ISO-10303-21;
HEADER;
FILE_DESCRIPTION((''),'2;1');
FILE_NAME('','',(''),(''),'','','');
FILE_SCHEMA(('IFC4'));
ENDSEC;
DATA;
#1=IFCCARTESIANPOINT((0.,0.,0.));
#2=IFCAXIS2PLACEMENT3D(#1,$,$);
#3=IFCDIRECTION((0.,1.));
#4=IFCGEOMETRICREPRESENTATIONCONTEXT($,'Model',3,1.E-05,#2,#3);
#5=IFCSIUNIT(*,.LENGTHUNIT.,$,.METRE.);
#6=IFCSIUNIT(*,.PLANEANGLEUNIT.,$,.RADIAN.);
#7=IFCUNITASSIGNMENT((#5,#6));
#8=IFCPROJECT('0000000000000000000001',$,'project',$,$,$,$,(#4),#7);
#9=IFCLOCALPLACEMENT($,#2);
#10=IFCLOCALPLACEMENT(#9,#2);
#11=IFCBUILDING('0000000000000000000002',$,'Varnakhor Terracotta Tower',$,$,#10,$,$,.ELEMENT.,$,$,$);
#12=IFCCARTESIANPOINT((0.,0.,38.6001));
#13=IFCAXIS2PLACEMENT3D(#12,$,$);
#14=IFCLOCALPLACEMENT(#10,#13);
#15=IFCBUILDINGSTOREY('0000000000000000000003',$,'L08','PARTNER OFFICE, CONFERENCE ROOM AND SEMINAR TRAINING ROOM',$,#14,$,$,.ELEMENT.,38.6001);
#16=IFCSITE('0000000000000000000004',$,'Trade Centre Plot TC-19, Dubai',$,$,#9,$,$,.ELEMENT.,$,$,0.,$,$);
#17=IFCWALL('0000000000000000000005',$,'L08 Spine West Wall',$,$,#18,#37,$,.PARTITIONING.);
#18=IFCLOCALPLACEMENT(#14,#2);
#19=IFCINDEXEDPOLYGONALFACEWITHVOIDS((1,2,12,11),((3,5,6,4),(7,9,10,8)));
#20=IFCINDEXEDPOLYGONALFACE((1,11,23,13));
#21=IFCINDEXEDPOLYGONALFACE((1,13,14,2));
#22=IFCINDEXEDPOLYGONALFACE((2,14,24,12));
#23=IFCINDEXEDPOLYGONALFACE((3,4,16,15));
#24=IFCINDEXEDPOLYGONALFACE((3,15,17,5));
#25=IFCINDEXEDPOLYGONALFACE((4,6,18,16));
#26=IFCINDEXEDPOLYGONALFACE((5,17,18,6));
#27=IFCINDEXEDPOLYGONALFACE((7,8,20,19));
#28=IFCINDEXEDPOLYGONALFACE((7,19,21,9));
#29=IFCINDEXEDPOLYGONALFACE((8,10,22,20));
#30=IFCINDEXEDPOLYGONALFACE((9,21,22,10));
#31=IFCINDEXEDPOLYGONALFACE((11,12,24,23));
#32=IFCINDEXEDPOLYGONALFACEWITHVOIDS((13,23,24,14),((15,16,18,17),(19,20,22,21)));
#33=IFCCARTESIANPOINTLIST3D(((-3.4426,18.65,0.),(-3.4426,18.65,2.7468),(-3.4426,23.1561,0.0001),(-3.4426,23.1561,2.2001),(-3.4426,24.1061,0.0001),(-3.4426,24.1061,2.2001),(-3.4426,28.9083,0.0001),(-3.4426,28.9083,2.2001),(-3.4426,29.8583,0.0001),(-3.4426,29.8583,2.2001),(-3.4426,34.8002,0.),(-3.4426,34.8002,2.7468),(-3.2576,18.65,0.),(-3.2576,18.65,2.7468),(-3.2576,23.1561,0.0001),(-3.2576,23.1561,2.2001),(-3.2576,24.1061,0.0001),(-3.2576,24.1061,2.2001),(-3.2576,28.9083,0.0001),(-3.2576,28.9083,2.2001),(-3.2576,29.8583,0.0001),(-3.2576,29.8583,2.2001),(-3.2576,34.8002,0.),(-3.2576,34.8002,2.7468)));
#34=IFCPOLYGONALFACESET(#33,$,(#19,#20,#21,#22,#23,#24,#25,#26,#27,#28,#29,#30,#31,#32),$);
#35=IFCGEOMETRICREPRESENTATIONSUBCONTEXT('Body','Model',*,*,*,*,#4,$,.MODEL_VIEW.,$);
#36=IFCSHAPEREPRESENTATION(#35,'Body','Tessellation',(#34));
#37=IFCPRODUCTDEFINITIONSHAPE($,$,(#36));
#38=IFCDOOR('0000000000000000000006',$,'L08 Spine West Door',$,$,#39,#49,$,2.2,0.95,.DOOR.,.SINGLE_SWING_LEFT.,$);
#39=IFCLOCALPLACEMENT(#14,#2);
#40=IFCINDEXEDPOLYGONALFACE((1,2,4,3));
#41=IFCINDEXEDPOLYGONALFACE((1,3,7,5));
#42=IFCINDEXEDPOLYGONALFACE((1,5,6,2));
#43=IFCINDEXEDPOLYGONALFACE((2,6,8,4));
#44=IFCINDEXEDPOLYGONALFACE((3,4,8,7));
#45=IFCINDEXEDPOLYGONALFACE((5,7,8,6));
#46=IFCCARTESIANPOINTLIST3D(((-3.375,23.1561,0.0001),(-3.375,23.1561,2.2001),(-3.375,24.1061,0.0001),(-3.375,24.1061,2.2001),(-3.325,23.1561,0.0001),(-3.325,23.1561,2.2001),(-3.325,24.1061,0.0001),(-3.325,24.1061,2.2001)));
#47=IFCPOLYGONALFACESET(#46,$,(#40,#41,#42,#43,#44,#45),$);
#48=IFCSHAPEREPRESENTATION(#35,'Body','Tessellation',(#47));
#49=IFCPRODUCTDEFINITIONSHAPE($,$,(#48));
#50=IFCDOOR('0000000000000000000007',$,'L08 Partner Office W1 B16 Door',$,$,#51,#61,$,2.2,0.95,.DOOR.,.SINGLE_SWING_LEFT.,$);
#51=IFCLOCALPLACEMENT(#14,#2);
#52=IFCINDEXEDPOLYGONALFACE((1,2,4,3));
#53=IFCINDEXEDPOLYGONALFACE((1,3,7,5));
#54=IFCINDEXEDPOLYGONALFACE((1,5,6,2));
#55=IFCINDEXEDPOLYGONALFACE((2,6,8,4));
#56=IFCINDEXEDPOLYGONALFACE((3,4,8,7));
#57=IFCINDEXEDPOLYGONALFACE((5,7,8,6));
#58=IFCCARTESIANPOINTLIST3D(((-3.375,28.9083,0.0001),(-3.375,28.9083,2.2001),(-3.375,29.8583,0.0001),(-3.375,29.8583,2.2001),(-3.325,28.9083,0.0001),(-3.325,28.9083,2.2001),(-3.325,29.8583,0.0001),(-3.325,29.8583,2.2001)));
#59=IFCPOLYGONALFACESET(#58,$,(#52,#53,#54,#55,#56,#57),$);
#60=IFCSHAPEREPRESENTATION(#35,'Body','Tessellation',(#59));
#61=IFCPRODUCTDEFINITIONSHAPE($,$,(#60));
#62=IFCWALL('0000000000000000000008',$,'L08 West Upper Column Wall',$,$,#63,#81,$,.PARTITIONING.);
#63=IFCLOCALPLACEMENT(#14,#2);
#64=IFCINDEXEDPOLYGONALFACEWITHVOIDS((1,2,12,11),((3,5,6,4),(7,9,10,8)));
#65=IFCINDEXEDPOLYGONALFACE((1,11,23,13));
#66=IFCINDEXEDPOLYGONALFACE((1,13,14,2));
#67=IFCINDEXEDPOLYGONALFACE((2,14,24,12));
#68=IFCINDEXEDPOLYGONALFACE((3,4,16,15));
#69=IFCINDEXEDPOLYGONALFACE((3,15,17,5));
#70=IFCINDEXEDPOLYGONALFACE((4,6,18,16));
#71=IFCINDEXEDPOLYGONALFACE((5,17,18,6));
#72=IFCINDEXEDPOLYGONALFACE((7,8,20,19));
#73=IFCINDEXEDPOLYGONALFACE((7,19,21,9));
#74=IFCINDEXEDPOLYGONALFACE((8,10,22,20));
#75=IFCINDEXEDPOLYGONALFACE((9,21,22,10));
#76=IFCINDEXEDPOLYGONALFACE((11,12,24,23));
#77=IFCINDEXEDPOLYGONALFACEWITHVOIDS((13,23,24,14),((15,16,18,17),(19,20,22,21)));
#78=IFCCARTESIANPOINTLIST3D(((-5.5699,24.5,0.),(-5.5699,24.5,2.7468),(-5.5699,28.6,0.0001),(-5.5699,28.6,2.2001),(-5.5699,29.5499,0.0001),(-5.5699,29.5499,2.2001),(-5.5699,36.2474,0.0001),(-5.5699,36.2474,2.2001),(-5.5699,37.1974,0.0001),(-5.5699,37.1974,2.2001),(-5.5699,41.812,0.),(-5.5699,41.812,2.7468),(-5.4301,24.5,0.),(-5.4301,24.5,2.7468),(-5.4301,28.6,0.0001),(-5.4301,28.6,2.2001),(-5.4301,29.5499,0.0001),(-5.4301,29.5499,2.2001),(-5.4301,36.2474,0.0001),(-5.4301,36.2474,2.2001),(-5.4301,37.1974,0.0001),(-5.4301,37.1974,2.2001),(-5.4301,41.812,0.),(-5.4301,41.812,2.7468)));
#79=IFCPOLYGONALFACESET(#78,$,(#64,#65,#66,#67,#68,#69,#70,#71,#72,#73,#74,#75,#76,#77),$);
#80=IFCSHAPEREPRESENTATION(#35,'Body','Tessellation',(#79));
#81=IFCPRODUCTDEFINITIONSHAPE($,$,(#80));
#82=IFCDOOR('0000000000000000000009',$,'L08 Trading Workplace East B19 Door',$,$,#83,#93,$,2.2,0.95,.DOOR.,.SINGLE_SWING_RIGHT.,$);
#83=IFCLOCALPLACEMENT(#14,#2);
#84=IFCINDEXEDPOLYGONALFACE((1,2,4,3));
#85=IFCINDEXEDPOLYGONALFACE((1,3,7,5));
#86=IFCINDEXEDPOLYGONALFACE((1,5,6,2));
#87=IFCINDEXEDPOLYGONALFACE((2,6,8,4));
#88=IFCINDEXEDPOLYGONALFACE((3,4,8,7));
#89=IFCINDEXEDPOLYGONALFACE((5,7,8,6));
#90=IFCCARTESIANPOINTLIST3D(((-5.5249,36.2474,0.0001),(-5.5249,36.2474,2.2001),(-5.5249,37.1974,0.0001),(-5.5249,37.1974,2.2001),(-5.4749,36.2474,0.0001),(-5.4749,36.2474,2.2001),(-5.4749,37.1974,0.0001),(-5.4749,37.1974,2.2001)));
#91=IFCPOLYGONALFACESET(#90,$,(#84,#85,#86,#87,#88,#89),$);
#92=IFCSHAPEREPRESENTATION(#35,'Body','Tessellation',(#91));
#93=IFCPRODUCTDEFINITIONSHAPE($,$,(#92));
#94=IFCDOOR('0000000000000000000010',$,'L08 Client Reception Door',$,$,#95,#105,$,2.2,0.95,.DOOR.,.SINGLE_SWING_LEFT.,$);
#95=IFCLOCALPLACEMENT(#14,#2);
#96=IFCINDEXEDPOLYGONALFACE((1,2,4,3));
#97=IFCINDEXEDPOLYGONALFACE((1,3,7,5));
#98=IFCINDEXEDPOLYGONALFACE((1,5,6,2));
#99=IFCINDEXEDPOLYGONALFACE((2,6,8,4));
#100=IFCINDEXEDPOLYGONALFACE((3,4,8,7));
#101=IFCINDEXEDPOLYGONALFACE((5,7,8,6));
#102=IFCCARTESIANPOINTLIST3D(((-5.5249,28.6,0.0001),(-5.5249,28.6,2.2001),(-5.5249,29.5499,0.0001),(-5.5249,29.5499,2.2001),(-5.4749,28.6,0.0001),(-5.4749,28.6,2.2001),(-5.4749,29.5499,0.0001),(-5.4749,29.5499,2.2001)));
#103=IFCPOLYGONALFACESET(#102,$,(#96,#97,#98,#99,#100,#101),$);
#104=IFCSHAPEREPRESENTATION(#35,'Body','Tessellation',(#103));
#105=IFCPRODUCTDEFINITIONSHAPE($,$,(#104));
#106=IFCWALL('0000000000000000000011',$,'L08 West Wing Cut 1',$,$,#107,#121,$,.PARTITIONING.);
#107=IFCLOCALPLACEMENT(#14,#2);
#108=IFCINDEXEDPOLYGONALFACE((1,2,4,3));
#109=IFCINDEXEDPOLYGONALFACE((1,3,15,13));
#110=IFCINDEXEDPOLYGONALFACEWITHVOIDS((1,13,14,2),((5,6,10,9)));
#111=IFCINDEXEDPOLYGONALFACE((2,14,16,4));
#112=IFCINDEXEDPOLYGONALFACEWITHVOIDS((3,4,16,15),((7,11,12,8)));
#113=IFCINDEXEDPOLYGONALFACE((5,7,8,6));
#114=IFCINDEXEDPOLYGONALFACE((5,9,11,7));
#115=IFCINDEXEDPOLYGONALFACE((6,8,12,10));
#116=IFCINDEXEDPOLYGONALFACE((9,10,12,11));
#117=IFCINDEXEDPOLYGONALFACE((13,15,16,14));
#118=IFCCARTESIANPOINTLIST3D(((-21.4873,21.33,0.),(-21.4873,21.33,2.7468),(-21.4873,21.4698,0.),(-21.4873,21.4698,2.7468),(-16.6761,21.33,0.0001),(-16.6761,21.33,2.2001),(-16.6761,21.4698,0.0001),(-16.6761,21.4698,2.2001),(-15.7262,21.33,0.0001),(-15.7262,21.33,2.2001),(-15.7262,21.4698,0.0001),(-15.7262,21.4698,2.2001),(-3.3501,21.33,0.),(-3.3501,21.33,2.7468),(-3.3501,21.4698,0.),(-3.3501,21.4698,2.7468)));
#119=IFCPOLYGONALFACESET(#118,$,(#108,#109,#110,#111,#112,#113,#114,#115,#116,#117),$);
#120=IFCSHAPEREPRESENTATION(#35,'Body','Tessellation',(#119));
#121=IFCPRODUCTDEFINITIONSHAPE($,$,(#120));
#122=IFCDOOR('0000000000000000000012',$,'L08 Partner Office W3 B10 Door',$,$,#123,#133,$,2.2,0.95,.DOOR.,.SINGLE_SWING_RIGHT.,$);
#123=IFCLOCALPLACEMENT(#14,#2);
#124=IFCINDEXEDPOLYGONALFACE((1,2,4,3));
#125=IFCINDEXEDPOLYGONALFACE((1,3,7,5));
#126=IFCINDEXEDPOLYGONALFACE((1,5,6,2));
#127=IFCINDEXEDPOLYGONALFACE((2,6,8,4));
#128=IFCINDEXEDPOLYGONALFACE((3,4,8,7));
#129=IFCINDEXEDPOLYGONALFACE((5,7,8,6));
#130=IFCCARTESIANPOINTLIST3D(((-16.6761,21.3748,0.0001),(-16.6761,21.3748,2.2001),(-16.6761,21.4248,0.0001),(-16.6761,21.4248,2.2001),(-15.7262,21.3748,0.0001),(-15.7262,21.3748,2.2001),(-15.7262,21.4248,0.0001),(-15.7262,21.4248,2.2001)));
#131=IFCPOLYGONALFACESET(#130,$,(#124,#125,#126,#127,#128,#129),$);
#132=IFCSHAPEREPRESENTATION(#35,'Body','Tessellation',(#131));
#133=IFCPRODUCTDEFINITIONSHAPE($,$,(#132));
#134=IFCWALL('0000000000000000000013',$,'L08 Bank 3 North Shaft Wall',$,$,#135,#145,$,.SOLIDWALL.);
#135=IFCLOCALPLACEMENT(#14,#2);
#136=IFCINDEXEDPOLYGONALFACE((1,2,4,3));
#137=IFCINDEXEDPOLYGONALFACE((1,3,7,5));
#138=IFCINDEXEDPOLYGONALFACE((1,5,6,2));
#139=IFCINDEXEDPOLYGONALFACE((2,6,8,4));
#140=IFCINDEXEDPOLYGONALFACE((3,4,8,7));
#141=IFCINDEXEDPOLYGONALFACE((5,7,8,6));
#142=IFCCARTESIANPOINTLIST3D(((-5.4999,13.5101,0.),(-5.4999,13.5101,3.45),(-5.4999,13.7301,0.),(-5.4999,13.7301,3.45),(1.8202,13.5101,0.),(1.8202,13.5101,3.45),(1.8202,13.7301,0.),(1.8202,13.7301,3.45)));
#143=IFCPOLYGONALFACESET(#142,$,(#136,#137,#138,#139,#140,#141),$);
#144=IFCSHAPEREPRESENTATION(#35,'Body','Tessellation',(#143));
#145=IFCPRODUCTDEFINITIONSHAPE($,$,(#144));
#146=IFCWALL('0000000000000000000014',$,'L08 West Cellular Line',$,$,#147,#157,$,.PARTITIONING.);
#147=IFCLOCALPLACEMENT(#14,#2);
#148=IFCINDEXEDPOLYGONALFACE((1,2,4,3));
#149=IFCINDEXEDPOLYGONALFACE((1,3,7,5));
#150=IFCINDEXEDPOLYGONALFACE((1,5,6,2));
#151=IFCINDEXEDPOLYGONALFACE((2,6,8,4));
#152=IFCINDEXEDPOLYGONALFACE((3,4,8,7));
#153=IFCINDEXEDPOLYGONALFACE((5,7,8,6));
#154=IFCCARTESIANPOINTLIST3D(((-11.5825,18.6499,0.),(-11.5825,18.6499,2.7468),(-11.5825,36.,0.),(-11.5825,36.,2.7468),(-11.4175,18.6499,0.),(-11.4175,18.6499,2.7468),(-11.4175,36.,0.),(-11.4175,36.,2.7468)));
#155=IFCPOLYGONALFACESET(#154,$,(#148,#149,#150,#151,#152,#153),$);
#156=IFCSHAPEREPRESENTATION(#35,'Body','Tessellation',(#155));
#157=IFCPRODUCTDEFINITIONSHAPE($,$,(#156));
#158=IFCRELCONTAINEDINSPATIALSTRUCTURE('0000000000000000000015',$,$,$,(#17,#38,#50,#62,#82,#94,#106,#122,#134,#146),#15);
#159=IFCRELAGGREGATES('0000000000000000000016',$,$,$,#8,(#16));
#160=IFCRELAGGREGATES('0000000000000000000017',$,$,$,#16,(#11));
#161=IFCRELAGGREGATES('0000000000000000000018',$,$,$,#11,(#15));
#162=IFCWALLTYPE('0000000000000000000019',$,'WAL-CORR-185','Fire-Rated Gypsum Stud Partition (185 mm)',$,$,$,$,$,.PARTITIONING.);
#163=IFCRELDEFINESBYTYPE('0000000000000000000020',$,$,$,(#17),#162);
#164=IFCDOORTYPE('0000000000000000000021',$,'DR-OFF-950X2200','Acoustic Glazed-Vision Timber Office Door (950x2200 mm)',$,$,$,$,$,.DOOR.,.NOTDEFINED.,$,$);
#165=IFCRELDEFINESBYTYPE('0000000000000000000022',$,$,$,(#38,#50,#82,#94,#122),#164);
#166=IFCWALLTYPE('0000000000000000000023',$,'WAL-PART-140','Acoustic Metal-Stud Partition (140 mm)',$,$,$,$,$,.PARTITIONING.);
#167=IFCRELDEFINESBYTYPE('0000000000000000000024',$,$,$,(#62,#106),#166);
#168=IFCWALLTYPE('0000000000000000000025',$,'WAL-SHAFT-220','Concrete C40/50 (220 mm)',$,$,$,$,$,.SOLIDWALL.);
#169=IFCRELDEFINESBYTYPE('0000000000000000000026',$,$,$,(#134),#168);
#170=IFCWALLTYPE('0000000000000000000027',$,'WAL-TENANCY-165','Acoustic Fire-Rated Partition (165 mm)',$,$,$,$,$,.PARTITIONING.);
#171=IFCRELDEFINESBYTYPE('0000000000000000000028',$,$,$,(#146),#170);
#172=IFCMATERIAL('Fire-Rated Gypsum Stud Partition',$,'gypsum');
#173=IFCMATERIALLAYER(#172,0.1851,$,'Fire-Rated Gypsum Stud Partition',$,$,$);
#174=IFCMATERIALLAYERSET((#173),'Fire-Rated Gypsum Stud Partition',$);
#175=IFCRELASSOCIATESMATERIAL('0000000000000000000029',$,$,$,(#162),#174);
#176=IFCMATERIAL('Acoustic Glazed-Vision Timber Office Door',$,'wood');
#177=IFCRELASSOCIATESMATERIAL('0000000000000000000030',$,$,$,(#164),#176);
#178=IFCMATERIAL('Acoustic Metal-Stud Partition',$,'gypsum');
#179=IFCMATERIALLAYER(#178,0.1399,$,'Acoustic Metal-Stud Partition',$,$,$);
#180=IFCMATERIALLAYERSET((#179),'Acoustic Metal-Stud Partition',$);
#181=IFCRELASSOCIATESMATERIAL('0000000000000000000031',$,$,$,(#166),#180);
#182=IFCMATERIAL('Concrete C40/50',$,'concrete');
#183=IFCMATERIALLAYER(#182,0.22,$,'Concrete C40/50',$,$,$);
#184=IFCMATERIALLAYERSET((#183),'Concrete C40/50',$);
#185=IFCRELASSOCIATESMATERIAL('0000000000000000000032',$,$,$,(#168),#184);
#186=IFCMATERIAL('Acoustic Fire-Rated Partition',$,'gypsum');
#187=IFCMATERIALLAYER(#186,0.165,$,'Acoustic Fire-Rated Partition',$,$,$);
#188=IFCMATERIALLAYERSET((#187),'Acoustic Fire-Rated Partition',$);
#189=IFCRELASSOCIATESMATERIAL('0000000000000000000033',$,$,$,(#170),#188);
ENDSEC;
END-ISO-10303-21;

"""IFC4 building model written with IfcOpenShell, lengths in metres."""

from ifc_helpers import new_model, si_unit, direction, frame, frame_2d, origin, place, context, subcontext, project, spatial, rectangle, extrude, source, transform, mapped, material, layer, layer_set, type_object, type_shapes, element, fill, save


model = new_model("IFC4")

# Units and contexts
model_context = context("Model", 3, precision=1e-05, world=origin(), true_north=direction((0.0, 1.0)))
body_context = subcontext(model_context, "Body", "Model", "MODEL_VIEW")
ifc_project = project(units=[si_unit("LENGTHUNIT", "METRE"), si_unit("PLANEANGLEUNIT", "RADIAN")], contexts=[model_context])

# Site, building, storey
site_placement = place(None, origin())
site = spatial("IfcSite", under=ifc_project, at=site_placement, Name="Trade Centre Plot TC-19, Dubai", CompositionType="ELEMENT", RefElevation=0.0)
building_placement = place(site_placement, origin())
building = spatial("IfcBuilding", under=site, at=building_placement, Name="Varnakhor Terracotta Tower", CompositionType="ELEMENT")
storey_placement = place(building_placement, frame((0.0, 0.0, 38.6001)))
storey = spatial("IfcBuildingStorey", under=building, at=storey_placement, Name="L08", Description="PARTNER OFFICE, CONFERENCE ROOM AND SEMINAR TRAINING ROOM", CompositionType="ELEMENT", Elevation=38.6001)

# Walls, openings, doors
ifc_material_1 = material(Name="Fire-Rated Gypsum Stud Partition", Category="gypsum")
ifc_layer_1 = layer(ifc_material_1, 0.1851, Name="Fire-Rated Gypsum Stud Partition")
ifc_layer_set_1 = layer_set([ifc_layer_1], Name="Fire-Rated Gypsum Stud Partition")
wall_type_1 = type_object("IfcWallType", Name="WAL-CORR-185", Description="Fire-Rated Gypsum Stud Partition (185 mm)", PredefinedType="PARTITIONING", material=ifc_layer_set_1)
wall_1_placement = place(storey_placement, frame((-3.3501, 18.6499, 0.0), z_axis=(0.0, 0.0, 1.0), x_axis=(0.0, 1.0, 0.0)))
wall_1 = element("IfcWall", 1, at=wall_1_placement, inside=storey, type_object=wall_type_1, Name="L08 Spine West Wall", PredefinedType="PARTITIONING", context=body_context, shape_type="SweptSolid", body=[
    extrude(rectangle(XDim=16.1501, YDim=0.1851, at=frame_2d((8.0752, 0.0))), origin(), (0.0, 0.0, 1.0), 2.7468),
])
opening_1_placement = place(wall_1_placement, frame((4.5061, 0.0, 0.0)))
opening_1 = element("IfcOpeningElement", 2, at=opening_1_placement, cuts=wall_1, PredefinedType="OPENING", context=body_context, shape_type="SweptSolid", body=[
    extrude(rectangle(XDim=0.95, YDim=2.2, at=frame_2d((0.4751, 1.1001))), frame((0.0, 0.1025, 0.0), z_axis=(0.0, -1.0, 0.0), x_axis=(1.0, 0.0, 0.0)), (0.0, 0.0, 1.0), 0.2051),
])
opening_2_placement = place(wall_1_placement, frame((10.2583, 0.0, 0.0)))
opening_2 = element("IfcOpeningElement", 3, at=opening_2_placement, cuts=wall_1, PredefinedType="OPENING", context=body_context, shape_type="SweptSolid", body=[
    extrude(rectangle(XDim=0.95, YDim=2.2, at=frame_2d((0.4751, 1.1001))), frame((0.0, 0.1025, 0.0), z_axis=(0.0, -1.0, 0.0), x_axis=(1.0, 0.0, 0.0)), (0.0, 0.0, 1.0), 0.2051),
])
ifc_material_2 = material(Name="Acoustic Glazed-Vision Timber Office Door", Category="wood")
door_type_1 = type_object("IfcDoorType", Name="DR-OFF-950X2200", Description="Acoustic Glazed-Vision Timber Office Door (950x2200 mm)", OperationType="NOTDEFINED", PredefinedType="DOOR", material=ifc_material_2)
shared_shape_1 = source(origin(), body_context, "Body", "SweptSolid", [
    extrude(rectangle(XDim=0.95, YDim=2.2, at=frame_2d((0.4751, 1.1001))), frame((0.0, 0.0249, 0.0), z_axis=(0.0, -1.0, 0.0), x_axis=(1.0, 0.0, 0.0)), (0.0, 0.0, 1.0), 0.05),
])
type_shapes(door_type_1, [shared_shape_1])
door_1_placement = place(opening_1_placement, origin())
door_1 = element("IfcDoor", 4, at=door_1_placement, inside=storey, type_object=door_type_1, Name="L08 Spine West Door", OperationType="SINGLE_SWING_LEFT", OverallHeight=2.2, OverallWidth=0.95, PredefinedType="DOOR", context=body_context, shape_type="MappedRepresentation", body=[
    mapped(shared_shape_1, transform((0.0, 0.0, 0.0), scale=1.0)),
])
fill(opening_1, door_1)
door_2_placement = place(opening_2_placement, origin())
door_2 = element("IfcDoor", 5, at=door_2_placement, inside=storey, type_object=door_type_1, Name="L08 Partner Office W1 B16 Door", OperationType="SINGLE_SWING_LEFT", OverallHeight=2.2, OverallWidth=0.95, PredefinedType="DOOR", context=body_context, shape_type="MappedRepresentation", body=[
    mapped(shared_shape_1, transform((0.0, 0.0, 0.0), scale=1.0)),
])
fill(opening_2, door_2)
ifc_material_3 = material(Name="Acoustic Metal-Stud Partition", Category="gypsum")
ifc_layer_2 = layer(ifc_material_3, 0.1399, Name="Acoustic Metal-Stud Partition")
ifc_layer_set_2 = layer_set([ifc_layer_2], Name="Acoustic Metal-Stud Partition")
wall_type_2 = type_object("IfcWallType", Name="WAL-PART-140", Description="Acoustic Metal-Stud Partition (140 mm)", PredefinedType="PARTITIONING", material=ifc_layer_set_2)
wall_2_placement = place(storey_placement, frame((-5.5, 24.5, 0.0), z_axis=(0.0, 0.0, 1.0), x_axis=(0.0, 1.0, 0.0)))
wall_2 = element("IfcWall", 6, at=wall_2_placement, inside=storey, type_object=wall_type_2, Name="L08 West Upper Column Wall", PredefinedType="PARTITIONING", context=body_context, shape_type="SweptSolid", body=[
    extrude(rectangle(XDim=17.312, YDim=0.1399, at=frame_2d((8.656, 0.0))), origin(), (0.0, 0.0, 1.0), 2.7468),
])
opening_3_placement = place(wall_2_placement, frame((11.7473, 0.0, 0.0)))
opening_3 = element("IfcOpeningElement", 7, at=opening_3_placement, cuts=wall_2, PredefinedType="OPENING", context=body_context, shape_type="SweptSolid", body=[
    extrude(rectangle(XDim=0.95, YDim=2.2, at=frame_2d((0.4751, 1.1001))), frame((0.0, 0.0801, 0.0), z_axis=(0.0, -1.0, 0.0), x_axis=(1.0, 0.0, 0.0)), (0.0, 0.0, 1.0), 0.1599),
])
opening_4_placement = place(wall_2_placement, frame((4.0999, 0.0, 0.0)))
opening_4 = element("IfcOpeningElement", 8, at=opening_4_placement, cuts=wall_2, PredefinedType="OPENING", context=body_context, shape_type="SweptSolid", body=[
    extrude(rectangle(XDim=0.95, YDim=2.2, at=frame_2d((0.4751, 1.1001))), frame((0.0, 0.0801, 0.0), z_axis=(0.0, -1.0, 0.0), x_axis=(1.0, 0.0, 0.0)), (0.0, 0.0, 1.0), 0.1599),
])
door_3_placement = place(opening_3_placement, origin())
door_3 = element("IfcDoor", 9, at=door_3_placement, inside=storey, type_object=door_type_1, Name="L08 Trading Workplace East B19 Door", OperationType="SINGLE_SWING_RIGHT", OverallHeight=2.2, OverallWidth=0.95, PredefinedType="DOOR", context=body_context, shape_type="MappedRepresentation", body=[
    mapped(shared_shape_1, transform((0.0, 0.0, 0.0), scale=1.0)),
])
fill(opening_3, door_3)
door_4_placement = place(opening_4_placement, origin())
door_4 = element("IfcDoor", 10, at=door_4_placement, inside=storey, type_object=door_type_1, Name="L08 Client Reception Door", OperationType="SINGLE_SWING_LEFT", OverallHeight=2.2, OverallWidth=0.95, PredefinedType="DOOR", context=body_context, shape_type="MappedRepresentation", body=[
    mapped(shared_shape_1, transform((0.0, 0.0, 0.0), scale=1.0)),
])
fill(opening_4, door_4)

# Wall, opening, door
wall_3_placement = place(storey_placement, frame((-21.4873, 21.3999, 0.0), z_axis=(0.0, 0.0, 1.0), x_axis=(1.0, 0.0, 0.0)))
wall_3 = element("IfcWall", 11, at=wall_3_placement, inside=storey, type_object=wall_type_2, Name="L08 West Wing Cut 1", PredefinedType="PARTITIONING", context=body_context, shape_type="SweptSolid", body=[
    extrude(rectangle(XDim=18.1372, YDim=0.1399, at=frame_2d((9.0686, 0.0))), origin(), (0.0, 0.0, 1.0), 2.7468),
])
opening_5_placement = place(wall_3_placement, frame((4.811, 0.0, 0.0)))
opening_5 = element("IfcOpeningElement", 12, at=opening_5_placement, cuts=wall_3, PredefinedType="OPENING", context=body_context, shape_type="SweptSolid", body=[
    extrude(rectangle(XDim=0.95, YDim=2.2, at=frame_2d((0.4751, 1.1001))), frame((0.0, 0.0801, 0.0), z_axis=(0.0, -1.0, 0.0), x_axis=(1.0, 0.0, 0.0)), (0.0, 0.0, 1.0), 0.1599),
])
door_5_placement = place(opening_5_placement, origin())
door_5 = element("IfcDoor", 13, at=door_5_placement, inside=storey, type_object=door_type_1, Name="L08 Partner Office W3 B10 Door", OperationType="SINGLE_SWING_RIGHT", OverallHeight=2.2, OverallWidth=0.95, PredefinedType="DOOR", context=body_context, shape_type="MappedRepresentation", body=[
    mapped(shared_shape_1, transform((0.0, 0.0, 0.0), scale=1.0)),
])
fill(opening_5, door_5)

# Walls
ifc_material_4 = material(Name="Concrete C40/50", Category="concrete")
ifc_layer_3 = layer(ifc_material_4, 0.22, Name="Concrete C40/50")
ifc_layer_set_3 = layer_set([ifc_layer_3], Name="Concrete C40/50")
wall_type_3 = type_object("IfcWallType", Name="WAL-SHAFT-220", Description="Concrete C40/50 (220 mm)", PredefinedType="SOLIDWALL", material=ifc_layer_set_3)
wall_4_placement = place(storey_placement, frame((-5.5, 13.6201, 0.0), z_axis=(0.0, 0.0, 1.0), x_axis=(1.0, 0.0, 0.0)))
element("IfcWall", 14, at=wall_4_placement, inside=storey, type_object=wall_type_3, Name="L08 Bank 3 North Shaft Wall", PredefinedType="SOLIDWALL", context=body_context, shape_type="SweptSolid", body=[
    extrude(rectangle(XDim=7.3201, YDim=0.22, at=frame_2d((3.6602, 0.0))), origin(), (0.0, 0.0, 1.0), 3.45),
])
ifc_material_5 = material(Name="Acoustic Fire-Rated Partition", Category="gypsum")
ifc_layer_4 = layer(ifc_material_5, 0.165, Name="Acoustic Fire-Rated Partition")
ifc_layer_set_4 = layer_set([ifc_layer_4], Name="Acoustic Fire-Rated Partition")
wall_type_4 = type_object("IfcWallType", Name="WAL-TENANCY-165", Description="Acoustic Fire-Rated Partition (165 mm)", PredefinedType="PARTITIONING", material=ifc_layer_set_4)
wall_5_placement = place(storey_placement, frame((-11.5, 18.6499, 0.0), z_axis=(0.0, 0.0, 1.0), x_axis=(0.0, 1.0, 0.0)))
element("IfcWall", 15, at=wall_5_placement, inside=storey, type_object=wall_type_4, Name="L08 West Cellular Line", PredefinedType="PARTITIONING", context=body_context, shape_type="SweptSolid", body=[
    extrude(rectangle(XDim=17.3501, YDim=0.165, at=frame_2d((8.675, 0.0))), origin(), (0.0, 0.0, 1.0), 2.7468),
])

save(model, "model.ifc")
